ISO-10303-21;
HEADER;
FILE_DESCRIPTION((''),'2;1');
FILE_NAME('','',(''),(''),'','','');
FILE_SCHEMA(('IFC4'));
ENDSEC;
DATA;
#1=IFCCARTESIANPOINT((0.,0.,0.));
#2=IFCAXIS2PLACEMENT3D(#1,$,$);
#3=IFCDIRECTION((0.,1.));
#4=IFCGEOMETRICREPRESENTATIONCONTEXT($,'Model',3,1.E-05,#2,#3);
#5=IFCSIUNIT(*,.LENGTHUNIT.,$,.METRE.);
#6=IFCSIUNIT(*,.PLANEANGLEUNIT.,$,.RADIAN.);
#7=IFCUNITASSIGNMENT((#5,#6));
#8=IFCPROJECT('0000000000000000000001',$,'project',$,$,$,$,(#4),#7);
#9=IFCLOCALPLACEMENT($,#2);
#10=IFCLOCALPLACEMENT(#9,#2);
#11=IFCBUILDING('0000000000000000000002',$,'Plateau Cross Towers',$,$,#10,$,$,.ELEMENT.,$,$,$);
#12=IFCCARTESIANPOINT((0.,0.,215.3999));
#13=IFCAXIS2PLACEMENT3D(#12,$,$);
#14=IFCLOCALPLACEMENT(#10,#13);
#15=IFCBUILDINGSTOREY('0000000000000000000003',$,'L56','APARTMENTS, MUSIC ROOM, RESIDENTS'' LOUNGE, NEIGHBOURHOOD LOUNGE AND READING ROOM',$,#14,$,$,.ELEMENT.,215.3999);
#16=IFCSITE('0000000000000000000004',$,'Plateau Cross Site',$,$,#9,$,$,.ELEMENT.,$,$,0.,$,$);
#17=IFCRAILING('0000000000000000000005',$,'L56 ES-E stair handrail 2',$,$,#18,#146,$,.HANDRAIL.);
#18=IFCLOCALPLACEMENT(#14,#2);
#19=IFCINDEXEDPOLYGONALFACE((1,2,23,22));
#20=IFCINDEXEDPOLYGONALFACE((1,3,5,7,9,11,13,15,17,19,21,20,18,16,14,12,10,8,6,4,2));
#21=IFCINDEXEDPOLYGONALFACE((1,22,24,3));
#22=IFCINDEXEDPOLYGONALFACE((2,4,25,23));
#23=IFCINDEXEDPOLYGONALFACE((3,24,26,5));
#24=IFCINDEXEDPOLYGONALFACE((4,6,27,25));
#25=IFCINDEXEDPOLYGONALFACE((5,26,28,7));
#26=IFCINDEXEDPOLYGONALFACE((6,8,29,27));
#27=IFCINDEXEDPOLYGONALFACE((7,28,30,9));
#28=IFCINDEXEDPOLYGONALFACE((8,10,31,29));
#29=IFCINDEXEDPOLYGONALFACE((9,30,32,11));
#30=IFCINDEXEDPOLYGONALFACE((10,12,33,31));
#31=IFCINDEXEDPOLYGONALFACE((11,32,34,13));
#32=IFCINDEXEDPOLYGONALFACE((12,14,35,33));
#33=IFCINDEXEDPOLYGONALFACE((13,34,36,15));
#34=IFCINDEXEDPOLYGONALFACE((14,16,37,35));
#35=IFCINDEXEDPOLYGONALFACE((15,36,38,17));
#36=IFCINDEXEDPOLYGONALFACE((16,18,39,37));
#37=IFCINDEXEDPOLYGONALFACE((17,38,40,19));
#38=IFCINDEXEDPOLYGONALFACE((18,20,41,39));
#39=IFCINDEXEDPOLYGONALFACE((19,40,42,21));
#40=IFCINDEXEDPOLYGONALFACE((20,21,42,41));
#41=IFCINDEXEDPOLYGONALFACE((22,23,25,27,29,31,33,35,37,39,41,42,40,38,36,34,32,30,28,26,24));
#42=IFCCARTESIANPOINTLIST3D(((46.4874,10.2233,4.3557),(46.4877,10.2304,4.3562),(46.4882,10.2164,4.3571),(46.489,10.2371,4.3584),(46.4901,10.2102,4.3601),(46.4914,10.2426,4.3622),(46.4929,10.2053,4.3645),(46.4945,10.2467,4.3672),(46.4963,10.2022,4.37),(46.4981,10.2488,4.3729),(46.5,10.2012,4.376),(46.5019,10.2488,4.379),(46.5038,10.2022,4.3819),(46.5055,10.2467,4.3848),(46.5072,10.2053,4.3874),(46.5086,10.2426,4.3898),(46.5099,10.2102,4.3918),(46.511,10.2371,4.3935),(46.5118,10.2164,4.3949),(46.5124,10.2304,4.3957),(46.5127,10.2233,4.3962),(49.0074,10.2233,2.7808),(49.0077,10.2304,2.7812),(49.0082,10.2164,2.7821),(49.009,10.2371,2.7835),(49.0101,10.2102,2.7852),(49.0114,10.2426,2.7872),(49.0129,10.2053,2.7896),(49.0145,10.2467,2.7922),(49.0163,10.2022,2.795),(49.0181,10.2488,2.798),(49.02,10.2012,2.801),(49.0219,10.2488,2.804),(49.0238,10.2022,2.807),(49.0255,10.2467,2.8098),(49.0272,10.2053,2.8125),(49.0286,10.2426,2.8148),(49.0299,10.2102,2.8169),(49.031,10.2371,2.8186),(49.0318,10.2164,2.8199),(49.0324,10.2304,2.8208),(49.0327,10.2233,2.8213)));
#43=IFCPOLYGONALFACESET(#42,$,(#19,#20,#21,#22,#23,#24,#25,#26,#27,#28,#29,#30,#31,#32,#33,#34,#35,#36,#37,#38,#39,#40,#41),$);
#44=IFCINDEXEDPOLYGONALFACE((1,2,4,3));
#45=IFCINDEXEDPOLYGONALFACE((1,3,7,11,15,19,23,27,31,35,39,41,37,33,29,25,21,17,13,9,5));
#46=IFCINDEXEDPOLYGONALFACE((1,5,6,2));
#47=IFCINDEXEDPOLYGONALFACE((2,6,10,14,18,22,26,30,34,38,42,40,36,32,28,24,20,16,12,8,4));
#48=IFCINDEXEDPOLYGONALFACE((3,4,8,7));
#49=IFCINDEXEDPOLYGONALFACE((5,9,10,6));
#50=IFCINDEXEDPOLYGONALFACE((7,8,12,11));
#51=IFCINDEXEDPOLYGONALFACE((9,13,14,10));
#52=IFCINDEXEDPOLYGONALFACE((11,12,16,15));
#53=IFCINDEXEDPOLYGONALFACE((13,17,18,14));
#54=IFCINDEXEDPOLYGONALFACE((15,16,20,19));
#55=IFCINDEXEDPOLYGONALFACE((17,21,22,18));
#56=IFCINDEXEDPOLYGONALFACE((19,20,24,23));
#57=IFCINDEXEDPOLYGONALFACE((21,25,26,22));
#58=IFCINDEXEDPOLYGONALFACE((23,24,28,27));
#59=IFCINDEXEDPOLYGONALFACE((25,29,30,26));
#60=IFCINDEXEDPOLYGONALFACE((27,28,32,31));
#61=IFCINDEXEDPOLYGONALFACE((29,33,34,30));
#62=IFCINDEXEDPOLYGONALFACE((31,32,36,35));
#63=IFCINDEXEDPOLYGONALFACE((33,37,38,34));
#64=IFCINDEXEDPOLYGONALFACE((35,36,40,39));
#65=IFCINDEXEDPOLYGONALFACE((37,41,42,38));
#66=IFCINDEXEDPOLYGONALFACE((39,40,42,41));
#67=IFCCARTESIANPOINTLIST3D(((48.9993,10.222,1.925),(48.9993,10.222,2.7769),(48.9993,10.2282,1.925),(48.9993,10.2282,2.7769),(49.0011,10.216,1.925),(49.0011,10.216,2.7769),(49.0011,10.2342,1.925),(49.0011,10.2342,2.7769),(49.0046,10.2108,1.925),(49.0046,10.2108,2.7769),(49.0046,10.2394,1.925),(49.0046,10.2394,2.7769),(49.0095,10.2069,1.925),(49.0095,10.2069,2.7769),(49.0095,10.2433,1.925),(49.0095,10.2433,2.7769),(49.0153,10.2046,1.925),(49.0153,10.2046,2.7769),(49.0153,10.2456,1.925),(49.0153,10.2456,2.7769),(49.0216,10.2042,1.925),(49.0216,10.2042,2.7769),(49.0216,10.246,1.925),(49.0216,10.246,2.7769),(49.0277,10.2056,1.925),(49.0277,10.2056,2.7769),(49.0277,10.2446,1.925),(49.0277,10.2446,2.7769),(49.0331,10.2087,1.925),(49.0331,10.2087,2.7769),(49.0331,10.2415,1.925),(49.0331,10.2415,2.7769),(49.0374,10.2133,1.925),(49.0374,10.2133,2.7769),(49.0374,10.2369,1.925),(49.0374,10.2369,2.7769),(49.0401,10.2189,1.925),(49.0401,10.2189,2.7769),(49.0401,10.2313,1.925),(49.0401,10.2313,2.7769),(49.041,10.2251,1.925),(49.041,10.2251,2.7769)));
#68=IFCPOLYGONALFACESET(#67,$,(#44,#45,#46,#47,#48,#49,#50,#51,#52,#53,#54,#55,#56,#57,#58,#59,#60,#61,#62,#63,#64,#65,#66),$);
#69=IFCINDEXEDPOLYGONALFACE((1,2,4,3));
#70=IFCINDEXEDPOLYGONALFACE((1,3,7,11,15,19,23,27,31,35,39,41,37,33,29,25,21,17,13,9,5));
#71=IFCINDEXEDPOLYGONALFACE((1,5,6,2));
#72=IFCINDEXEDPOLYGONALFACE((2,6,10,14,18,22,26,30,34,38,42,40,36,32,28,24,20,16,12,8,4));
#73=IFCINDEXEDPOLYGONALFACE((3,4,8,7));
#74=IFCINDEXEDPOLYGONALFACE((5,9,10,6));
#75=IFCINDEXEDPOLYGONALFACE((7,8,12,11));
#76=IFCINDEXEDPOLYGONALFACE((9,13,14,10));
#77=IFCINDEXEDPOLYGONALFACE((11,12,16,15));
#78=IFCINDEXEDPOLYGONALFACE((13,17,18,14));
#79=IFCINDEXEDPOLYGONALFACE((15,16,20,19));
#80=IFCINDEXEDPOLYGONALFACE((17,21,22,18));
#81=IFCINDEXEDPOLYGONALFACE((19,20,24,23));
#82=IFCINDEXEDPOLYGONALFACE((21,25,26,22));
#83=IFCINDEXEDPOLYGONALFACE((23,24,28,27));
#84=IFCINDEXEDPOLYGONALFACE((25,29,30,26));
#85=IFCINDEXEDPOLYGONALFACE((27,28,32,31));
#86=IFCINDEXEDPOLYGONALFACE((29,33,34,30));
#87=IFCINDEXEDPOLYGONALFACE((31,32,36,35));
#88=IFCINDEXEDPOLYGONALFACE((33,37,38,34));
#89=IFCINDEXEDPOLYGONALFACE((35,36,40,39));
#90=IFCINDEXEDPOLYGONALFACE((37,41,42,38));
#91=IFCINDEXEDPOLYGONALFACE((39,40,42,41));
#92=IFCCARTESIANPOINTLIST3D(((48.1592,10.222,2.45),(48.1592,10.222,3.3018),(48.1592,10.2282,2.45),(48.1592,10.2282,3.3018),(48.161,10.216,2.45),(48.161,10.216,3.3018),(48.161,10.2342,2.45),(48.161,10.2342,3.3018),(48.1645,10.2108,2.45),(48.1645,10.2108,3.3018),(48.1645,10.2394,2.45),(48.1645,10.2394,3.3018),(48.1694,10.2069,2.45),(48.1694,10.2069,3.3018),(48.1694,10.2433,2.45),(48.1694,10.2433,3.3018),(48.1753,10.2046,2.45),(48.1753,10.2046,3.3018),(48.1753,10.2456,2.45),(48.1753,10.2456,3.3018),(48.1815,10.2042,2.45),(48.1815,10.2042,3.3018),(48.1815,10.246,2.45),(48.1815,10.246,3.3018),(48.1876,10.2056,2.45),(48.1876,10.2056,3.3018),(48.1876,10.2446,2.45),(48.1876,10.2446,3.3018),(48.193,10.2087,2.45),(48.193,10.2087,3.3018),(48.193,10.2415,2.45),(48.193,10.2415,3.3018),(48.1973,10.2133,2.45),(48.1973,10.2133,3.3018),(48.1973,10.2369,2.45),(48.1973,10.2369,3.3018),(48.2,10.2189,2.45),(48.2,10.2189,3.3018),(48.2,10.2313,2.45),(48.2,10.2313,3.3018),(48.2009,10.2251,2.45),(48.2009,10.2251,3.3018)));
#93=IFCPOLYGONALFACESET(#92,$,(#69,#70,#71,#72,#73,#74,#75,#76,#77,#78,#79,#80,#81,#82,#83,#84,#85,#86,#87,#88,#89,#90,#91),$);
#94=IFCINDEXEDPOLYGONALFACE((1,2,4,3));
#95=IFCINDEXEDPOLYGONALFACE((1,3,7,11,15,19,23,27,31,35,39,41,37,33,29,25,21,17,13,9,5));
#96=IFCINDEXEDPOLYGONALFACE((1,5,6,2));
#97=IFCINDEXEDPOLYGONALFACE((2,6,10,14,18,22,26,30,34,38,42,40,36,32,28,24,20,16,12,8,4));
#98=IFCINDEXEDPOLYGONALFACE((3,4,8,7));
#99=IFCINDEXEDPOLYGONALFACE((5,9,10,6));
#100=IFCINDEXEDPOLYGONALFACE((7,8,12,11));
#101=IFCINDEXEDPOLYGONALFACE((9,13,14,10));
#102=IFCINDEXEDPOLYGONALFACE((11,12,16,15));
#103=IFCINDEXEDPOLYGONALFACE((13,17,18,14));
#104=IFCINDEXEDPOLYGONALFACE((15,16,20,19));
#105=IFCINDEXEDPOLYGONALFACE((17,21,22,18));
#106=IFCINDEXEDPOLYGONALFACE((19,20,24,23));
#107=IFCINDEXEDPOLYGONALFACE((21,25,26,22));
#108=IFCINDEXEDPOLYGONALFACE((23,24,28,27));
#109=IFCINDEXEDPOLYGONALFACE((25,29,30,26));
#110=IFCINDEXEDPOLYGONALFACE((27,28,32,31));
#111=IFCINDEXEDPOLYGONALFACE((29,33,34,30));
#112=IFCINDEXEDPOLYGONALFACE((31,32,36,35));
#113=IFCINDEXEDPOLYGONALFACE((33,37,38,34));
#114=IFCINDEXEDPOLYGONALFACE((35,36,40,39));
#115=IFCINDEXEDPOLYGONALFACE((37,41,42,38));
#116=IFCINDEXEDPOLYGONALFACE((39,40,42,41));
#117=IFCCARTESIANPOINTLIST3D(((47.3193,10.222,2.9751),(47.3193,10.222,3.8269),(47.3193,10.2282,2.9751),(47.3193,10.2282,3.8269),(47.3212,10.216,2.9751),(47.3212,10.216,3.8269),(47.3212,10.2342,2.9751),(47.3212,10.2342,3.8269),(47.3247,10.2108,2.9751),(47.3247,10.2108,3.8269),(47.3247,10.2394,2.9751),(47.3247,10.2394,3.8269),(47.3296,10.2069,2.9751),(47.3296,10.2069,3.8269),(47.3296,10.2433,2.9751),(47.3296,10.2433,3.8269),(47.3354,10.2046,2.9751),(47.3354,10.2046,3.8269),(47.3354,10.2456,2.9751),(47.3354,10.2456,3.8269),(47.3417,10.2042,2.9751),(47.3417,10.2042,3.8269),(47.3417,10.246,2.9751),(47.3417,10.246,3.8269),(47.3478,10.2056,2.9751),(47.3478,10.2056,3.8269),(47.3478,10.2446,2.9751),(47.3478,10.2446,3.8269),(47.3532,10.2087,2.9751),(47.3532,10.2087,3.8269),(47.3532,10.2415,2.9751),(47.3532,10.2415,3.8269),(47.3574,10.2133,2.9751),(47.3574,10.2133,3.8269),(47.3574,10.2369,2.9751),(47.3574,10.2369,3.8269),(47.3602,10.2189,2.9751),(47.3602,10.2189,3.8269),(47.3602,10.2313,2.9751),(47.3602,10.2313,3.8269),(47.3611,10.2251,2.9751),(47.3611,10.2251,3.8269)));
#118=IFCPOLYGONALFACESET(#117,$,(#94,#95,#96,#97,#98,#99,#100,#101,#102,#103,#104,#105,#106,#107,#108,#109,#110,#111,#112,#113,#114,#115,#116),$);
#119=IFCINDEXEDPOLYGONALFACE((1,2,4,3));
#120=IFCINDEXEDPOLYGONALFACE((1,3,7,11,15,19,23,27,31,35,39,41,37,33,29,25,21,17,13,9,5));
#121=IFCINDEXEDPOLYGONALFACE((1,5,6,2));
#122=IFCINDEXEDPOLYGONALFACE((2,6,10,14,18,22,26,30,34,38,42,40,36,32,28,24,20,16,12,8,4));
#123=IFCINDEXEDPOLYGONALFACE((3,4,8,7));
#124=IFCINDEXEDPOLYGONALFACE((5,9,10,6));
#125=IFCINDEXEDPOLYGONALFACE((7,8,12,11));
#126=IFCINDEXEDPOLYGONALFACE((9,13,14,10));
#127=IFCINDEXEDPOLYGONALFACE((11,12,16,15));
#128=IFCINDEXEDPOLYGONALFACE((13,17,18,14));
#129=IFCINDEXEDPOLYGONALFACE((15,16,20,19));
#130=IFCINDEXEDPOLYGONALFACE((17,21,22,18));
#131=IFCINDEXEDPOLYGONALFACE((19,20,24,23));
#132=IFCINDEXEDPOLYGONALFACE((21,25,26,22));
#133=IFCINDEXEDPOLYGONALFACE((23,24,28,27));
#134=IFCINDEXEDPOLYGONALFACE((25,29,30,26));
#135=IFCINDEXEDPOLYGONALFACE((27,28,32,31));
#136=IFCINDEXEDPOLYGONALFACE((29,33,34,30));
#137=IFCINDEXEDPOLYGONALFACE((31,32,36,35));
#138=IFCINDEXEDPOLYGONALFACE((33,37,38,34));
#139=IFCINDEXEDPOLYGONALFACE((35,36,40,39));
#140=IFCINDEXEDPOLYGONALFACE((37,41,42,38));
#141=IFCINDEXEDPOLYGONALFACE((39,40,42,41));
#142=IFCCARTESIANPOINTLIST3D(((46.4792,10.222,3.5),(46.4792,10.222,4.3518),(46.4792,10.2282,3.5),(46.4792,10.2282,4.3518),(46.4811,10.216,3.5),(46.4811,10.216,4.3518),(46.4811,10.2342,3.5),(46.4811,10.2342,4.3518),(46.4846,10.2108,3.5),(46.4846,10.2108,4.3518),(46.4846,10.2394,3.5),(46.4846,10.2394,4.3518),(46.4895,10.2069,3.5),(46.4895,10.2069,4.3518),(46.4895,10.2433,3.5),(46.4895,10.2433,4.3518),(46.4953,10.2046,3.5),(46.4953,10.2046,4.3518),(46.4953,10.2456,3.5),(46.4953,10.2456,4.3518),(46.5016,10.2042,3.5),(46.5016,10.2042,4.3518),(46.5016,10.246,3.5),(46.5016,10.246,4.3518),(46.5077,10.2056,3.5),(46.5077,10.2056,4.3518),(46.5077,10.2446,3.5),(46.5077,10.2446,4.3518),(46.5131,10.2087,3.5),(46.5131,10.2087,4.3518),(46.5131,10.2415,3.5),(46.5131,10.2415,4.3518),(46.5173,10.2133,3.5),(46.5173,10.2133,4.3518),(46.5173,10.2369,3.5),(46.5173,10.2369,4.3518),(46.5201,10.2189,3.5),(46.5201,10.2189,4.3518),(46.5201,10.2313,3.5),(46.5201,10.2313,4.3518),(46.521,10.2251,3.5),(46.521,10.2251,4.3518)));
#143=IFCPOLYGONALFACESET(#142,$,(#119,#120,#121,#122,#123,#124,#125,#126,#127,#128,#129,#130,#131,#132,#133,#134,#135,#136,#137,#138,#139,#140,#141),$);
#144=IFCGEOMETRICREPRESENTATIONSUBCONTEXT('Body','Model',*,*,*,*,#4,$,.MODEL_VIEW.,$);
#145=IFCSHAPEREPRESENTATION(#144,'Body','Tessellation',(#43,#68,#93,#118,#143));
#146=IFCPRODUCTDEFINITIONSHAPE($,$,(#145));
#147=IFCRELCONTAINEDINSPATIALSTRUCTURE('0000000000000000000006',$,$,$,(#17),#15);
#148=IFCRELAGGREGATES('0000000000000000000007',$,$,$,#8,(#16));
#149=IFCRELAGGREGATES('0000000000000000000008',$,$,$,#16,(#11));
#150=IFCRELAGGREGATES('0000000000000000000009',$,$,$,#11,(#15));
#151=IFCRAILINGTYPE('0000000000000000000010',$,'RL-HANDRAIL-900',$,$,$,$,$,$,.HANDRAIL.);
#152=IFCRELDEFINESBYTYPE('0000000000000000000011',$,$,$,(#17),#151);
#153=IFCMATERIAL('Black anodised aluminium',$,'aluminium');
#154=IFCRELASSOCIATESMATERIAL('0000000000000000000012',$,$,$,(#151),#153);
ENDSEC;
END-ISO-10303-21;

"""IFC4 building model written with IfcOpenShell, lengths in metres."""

from ifc_helpers import new_model, si_unit, direction, frame, origin, origin_2d, place, context, subcontext, project, spatial, circle, extrude, material, type_object, element, save


model = new_model("IFC4")

# Units and contexts
model_context = context("Model", 3, precision=1e-05, world=origin(), true_north=direction((0.0, 1.0)))
body_context = subcontext(model_context, "Body", "Model", "MODEL_VIEW")
ifc_project = project(units=[si_unit("LENGTHUNIT", "METRE"), si_unit("PLANEANGLEUNIT", "RADIAN")], contexts=[model_context])

# Site, building, storey
site_placement = place(None, origin())
site = spatial("IfcSite", under=ifc_project, at=site_placement, Name="Plateau Cross Site", CompositionType="ELEMENT", RefElevation=0.0)
building_placement = place(site_placement, origin())
building = spatial("IfcBuilding", under=site, at=building_placement, Name="Plateau Cross Towers", CompositionType="ELEMENT")
storey_placement = place(building_placement, frame((0.0, 0.0, 215.3999)))
storey = spatial("IfcBuildingStorey", under=building, at=storey_placement, Name="L56", Description="APARTMENTS, MUSIC ROOM, RESIDENTS' LOUNGE, NEIGHBOURHOOD LOUNGE AND READING ROOM", CompositionType="ELEMENT", Elevation=215.3999)

# Shared definitions
ifc_material_1 = material(Name="Black anodised aluminium", Category="aluminium")

# Railing
railing_type_1 = type_object("IfcRailingType", Name="RL-HANDRAIL-900", PredefinedType="HANDRAIL", material=ifc_material_1)
railing_1_placement = place(storey_placement, frame((49.02, 10.2251, 1.925)))
element("IfcRailing", 1, at=railing_1_placement, inside=storey, type_object=railing_type_1, Name="L56 ES-E stair handrail 2", PredefinedType="HANDRAIL", context=body_context, shape_type="SweptSolid", body=[
    extrude(circle(Radius=0.0239, at=origin_2d()), frame((0.0, 0.0, 0.876), z_axis=(-0.848008, 0.0, 0.529984), x_axis=(0.0, -1.0, 0.0)), (0.0, 0.0, 1.0), 2.9717),
    extrude(circle(Radius=0.021, at=origin_2d()), origin(), (0.0, 0.0, 1.0), 0.8518),
    extrude(circle(Radius=0.021, at=origin_2d()), frame((-0.8401, 0.0, 0.5249)), (0.0, 0.0, 1.0), 0.8518),
    extrude(circle(Radius=0.021, at=origin_2d()), frame((-1.6799, 0.0, 1.05)), (0.0, 0.0, 1.0), 0.8518),
    extrude(circle(Radius=0.021, at=origin_2d()), frame((-2.52, 0.0, 1.575)), (0.0, 0.0, 1.0), 0.8518),
])

save(model, "model.ifc")
